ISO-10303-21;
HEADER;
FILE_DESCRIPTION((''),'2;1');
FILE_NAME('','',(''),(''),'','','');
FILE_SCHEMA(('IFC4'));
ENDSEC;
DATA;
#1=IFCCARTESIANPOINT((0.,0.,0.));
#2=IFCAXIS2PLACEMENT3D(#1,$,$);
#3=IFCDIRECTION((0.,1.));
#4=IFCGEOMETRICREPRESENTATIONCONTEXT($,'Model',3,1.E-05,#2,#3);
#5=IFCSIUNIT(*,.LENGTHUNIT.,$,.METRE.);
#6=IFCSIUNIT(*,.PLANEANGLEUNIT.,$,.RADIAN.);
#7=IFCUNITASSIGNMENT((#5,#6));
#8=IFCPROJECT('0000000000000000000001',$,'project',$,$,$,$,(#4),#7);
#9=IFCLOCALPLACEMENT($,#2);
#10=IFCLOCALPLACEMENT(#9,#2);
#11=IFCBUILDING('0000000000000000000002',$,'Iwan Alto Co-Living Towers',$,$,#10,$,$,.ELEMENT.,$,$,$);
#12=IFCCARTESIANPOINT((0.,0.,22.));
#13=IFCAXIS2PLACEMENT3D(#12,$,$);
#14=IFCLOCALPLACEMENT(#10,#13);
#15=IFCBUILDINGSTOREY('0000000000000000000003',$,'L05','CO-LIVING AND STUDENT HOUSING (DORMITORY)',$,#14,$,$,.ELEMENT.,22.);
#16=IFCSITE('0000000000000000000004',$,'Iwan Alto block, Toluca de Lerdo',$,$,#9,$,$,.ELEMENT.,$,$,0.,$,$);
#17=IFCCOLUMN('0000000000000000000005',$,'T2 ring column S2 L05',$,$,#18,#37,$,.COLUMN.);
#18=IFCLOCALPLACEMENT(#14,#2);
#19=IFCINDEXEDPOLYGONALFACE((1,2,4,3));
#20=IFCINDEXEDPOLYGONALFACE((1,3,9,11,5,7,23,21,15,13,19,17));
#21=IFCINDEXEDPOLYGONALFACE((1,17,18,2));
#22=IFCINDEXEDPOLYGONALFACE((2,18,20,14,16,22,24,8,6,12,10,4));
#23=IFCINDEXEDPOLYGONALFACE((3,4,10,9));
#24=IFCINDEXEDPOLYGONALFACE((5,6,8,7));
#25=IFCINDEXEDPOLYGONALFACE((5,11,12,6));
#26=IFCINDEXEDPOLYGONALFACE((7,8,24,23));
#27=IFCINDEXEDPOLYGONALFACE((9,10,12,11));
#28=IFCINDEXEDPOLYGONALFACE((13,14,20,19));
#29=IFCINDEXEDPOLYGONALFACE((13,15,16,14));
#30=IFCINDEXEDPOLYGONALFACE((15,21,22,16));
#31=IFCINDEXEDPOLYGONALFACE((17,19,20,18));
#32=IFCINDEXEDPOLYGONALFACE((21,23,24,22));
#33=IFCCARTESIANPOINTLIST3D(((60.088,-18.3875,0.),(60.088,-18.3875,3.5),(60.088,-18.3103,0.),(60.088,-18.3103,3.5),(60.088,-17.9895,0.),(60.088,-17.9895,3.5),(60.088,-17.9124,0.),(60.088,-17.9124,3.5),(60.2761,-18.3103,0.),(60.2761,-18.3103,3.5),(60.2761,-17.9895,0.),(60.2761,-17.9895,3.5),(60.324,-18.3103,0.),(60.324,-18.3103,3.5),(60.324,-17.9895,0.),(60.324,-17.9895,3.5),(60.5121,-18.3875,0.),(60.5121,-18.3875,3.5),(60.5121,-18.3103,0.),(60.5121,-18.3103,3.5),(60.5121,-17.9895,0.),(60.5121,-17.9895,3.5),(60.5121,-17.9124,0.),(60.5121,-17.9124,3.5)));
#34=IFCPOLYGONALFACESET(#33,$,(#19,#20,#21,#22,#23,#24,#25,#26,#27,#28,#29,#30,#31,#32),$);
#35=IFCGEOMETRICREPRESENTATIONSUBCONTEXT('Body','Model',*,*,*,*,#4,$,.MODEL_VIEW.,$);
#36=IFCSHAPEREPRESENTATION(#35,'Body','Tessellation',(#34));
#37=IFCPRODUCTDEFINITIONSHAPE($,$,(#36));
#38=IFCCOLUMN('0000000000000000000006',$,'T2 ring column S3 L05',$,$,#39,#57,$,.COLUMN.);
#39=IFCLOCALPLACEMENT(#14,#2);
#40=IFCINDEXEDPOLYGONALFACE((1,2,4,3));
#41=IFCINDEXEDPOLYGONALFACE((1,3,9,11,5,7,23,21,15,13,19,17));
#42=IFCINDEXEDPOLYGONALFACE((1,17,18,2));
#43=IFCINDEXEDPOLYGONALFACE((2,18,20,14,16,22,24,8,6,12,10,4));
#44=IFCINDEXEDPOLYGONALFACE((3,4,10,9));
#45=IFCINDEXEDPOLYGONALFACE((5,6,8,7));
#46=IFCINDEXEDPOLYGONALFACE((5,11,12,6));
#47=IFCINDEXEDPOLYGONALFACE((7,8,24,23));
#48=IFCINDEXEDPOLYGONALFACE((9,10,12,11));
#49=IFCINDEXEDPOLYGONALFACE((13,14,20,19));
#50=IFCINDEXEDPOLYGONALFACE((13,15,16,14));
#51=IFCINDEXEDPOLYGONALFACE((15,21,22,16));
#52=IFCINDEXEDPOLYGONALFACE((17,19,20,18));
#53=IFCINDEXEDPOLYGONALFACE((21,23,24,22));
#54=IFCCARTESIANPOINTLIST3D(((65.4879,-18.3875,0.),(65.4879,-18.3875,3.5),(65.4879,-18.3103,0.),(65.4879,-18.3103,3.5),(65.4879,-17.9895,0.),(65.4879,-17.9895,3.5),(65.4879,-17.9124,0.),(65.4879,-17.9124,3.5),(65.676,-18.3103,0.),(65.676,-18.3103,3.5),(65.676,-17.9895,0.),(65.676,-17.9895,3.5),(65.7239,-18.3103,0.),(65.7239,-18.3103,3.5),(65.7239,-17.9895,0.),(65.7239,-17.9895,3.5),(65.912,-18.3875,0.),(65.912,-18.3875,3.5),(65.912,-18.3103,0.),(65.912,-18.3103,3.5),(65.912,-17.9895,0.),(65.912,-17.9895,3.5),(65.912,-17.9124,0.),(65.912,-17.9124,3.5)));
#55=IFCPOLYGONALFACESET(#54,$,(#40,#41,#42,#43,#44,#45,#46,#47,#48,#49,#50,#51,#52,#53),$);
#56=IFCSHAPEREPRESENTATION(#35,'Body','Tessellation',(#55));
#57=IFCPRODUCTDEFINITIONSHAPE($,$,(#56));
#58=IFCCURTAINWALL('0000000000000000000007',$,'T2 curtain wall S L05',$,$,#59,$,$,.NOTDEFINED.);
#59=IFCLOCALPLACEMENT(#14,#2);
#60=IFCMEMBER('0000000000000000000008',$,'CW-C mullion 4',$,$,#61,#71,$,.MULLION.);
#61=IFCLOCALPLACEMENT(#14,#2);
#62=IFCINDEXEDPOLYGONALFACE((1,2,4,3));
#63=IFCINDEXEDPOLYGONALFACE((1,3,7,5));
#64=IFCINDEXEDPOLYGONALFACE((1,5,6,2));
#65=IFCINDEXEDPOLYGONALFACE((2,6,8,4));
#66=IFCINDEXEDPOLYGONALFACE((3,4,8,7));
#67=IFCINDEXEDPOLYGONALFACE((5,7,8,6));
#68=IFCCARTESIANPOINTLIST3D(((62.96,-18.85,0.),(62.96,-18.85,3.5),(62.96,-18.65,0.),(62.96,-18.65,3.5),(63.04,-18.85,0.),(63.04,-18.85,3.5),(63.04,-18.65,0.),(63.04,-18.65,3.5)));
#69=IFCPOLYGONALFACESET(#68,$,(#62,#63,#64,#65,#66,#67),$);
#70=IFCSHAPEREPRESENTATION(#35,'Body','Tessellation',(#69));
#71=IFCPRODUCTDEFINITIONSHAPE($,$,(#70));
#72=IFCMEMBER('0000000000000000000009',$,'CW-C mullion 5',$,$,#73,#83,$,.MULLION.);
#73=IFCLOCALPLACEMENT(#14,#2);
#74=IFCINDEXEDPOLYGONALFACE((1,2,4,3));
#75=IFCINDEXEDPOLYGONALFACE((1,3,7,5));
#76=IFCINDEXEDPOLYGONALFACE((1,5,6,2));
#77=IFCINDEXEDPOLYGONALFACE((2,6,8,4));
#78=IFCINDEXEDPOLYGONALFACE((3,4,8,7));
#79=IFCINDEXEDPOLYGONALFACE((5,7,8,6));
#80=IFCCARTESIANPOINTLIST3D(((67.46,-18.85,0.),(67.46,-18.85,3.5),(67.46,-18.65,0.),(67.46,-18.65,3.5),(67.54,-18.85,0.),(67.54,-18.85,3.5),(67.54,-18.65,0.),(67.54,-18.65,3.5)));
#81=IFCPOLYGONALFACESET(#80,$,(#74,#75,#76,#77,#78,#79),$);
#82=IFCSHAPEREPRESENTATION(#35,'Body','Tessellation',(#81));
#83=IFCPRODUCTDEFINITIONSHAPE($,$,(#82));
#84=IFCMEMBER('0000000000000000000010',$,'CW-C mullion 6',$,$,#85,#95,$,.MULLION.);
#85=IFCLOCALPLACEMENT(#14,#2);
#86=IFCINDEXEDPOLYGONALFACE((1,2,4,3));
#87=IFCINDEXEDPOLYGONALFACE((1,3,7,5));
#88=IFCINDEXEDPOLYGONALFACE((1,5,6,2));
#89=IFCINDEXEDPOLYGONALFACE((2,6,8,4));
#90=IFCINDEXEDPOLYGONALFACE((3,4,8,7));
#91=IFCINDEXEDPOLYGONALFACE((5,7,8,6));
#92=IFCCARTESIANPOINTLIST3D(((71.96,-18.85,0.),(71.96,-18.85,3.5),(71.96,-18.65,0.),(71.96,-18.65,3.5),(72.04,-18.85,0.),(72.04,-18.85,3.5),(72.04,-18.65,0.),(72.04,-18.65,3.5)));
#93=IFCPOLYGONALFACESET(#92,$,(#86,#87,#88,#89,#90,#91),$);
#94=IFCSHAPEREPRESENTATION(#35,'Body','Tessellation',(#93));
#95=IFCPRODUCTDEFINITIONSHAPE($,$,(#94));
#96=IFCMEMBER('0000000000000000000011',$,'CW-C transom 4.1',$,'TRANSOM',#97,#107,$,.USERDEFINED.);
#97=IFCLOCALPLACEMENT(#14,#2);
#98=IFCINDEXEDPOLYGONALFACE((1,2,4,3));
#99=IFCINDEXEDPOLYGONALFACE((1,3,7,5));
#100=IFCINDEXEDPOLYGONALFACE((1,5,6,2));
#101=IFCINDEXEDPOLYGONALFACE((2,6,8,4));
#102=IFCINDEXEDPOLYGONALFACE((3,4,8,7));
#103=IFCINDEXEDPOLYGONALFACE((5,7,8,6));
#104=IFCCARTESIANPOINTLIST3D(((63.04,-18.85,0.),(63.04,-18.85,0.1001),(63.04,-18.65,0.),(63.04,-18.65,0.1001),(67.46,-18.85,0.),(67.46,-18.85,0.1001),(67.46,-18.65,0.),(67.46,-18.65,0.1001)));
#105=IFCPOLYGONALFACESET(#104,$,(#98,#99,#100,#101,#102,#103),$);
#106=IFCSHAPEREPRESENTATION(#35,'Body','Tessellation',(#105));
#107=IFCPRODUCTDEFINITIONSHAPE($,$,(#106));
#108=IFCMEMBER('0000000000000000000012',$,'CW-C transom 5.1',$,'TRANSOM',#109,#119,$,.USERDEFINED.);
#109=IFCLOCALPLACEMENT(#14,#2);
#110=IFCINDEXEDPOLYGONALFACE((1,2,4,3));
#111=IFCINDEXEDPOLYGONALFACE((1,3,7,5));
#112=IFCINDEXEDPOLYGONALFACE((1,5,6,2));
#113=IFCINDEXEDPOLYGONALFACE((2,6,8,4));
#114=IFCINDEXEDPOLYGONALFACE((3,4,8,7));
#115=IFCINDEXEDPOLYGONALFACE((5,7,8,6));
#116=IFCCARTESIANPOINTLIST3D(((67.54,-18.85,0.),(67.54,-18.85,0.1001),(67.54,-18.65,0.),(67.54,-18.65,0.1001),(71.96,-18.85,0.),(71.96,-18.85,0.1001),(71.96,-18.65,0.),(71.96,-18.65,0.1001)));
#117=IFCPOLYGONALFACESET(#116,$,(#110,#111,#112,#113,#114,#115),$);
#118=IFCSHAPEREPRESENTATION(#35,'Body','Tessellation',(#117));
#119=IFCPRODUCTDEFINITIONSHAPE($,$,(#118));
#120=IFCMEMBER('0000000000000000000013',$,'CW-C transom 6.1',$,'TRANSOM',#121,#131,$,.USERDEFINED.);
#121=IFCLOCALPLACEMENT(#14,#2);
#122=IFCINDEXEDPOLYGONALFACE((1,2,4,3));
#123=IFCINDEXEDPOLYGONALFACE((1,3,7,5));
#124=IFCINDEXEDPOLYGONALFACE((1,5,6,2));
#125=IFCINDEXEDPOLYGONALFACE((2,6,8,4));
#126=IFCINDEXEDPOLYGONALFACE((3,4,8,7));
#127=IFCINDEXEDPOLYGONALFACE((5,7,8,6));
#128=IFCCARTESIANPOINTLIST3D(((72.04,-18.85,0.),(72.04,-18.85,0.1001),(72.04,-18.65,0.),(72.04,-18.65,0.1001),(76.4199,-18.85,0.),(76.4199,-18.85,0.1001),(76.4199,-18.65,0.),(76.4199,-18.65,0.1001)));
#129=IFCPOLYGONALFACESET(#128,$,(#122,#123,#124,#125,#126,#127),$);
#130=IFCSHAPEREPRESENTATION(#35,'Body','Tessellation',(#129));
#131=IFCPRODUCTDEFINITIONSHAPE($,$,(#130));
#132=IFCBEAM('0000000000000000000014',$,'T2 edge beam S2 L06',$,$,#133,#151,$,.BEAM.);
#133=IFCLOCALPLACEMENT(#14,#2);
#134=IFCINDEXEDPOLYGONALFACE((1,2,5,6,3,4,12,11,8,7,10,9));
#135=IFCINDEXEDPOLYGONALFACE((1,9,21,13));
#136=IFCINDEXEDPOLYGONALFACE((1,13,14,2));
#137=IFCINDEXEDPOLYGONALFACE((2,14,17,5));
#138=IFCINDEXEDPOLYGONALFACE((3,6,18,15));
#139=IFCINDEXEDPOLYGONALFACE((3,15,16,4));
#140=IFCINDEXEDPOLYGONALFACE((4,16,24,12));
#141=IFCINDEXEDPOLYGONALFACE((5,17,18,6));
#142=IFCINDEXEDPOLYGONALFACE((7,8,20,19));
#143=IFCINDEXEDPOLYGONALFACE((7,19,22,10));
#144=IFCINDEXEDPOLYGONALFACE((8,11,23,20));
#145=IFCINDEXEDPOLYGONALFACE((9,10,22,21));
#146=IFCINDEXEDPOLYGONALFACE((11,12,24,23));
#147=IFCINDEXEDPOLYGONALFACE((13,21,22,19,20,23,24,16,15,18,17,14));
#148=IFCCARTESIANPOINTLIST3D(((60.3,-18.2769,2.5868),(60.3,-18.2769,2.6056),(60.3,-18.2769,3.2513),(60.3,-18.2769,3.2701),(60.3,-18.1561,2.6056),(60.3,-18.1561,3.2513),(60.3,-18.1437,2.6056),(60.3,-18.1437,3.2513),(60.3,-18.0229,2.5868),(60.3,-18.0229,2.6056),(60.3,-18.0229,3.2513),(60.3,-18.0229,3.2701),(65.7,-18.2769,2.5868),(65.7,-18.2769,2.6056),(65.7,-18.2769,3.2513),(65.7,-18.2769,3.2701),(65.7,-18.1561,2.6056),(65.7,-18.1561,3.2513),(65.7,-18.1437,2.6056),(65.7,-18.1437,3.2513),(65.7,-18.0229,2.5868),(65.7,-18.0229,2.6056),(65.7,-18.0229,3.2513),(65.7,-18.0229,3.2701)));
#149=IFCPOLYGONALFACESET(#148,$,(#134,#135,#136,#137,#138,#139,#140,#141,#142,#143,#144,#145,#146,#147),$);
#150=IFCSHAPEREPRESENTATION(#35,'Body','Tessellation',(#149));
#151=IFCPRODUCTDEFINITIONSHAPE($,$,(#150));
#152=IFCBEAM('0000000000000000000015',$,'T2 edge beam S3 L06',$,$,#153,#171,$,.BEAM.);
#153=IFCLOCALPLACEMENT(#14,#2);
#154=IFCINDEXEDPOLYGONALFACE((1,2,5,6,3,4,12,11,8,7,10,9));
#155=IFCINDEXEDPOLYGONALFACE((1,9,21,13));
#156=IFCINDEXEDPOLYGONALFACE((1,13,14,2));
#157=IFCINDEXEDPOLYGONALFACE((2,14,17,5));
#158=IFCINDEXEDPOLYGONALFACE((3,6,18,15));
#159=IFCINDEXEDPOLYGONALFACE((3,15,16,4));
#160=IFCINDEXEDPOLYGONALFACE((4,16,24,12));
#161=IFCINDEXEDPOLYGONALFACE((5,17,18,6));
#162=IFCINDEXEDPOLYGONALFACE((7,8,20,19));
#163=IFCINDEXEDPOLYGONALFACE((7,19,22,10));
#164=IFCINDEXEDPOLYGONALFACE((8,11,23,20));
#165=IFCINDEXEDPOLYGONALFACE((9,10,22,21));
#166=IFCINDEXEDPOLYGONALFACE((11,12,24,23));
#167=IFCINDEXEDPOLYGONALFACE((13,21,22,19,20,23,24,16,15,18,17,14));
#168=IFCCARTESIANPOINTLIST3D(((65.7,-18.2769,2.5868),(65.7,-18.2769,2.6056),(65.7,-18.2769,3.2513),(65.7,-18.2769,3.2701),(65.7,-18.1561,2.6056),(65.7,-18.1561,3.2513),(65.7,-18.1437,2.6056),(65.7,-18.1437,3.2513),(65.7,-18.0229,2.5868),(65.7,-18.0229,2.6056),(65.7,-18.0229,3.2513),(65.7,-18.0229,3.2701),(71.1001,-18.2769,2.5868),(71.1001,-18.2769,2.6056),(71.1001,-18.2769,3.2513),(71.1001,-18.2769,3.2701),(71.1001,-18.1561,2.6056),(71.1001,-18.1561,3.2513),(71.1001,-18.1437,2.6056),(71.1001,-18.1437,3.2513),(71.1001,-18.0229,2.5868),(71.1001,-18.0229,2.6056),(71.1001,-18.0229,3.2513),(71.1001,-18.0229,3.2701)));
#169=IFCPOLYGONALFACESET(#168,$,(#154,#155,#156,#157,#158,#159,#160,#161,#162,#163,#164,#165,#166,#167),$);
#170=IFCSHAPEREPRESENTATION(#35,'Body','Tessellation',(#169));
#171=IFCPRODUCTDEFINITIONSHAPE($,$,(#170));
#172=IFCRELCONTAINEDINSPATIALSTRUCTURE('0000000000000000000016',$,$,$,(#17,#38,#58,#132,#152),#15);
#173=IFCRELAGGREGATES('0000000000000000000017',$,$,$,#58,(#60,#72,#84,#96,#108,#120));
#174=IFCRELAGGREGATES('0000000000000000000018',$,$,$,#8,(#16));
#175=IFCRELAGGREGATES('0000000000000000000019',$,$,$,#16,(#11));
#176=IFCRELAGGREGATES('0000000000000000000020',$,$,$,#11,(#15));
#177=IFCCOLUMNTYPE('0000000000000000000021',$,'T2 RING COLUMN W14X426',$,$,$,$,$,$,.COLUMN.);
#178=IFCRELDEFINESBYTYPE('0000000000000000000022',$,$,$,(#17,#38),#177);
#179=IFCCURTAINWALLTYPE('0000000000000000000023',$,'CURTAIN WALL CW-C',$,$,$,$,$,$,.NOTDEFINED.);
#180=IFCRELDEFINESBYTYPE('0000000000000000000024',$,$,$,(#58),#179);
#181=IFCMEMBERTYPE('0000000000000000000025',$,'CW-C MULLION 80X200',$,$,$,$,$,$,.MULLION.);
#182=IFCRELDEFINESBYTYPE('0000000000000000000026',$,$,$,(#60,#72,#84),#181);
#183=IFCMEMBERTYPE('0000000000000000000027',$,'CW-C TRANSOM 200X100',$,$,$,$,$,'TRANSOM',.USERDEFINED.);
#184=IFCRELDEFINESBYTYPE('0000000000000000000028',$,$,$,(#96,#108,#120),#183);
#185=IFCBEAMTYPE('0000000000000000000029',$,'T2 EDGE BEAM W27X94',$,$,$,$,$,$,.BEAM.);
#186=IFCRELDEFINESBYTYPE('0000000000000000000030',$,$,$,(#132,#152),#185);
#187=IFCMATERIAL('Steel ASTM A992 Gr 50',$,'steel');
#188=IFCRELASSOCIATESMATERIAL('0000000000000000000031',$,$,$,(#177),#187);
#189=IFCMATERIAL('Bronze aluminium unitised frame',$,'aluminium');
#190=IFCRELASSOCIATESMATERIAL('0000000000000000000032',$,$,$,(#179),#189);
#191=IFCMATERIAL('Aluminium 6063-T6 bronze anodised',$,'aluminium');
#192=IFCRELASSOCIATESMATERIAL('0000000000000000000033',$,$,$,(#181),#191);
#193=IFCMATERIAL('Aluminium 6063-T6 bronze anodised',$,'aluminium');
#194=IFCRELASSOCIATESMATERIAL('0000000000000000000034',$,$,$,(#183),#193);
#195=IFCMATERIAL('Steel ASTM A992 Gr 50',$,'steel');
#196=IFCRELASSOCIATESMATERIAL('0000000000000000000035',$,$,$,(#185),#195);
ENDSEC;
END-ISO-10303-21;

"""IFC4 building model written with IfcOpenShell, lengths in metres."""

from ifc_helpers import new_model, si_unit, direction, frame, origin, origin_2d, place, context, subcontext, project, spatial, rectangle, i_section, extrude, material, material_profile, profile_set, type_object, element, aggregate, save


model = new_model("IFC4")

# Units and contexts
model_context = context("Model", 3, precision=1e-05, world=origin(), true_north=direction((0.0, 1.0)))
body_context = subcontext(model_context, "Body", "Model", "MODEL_VIEW")
ifc_project = project(units=[si_unit("LENGTHUNIT", "METRE"), si_unit("PLANEANGLEUNIT", "RADIAN")], contexts=[model_context])

# Site, building, storey
site_placement = place(None, origin())
site = spatial("IfcSite", under=ifc_project, at=site_placement, Name="Iwan Alto block, Toluca de Lerdo", CompositionType="ELEMENT", RefElevation=0.0)
building_placement = place(site_placement, origin())
building = spatial("IfcBuilding", under=site, at=building_placement, Name="Iwan Alto Co-Living Towers", CompositionType="ELEMENT")
storey_placement = place(building_placement, frame((0.0, 0.0, 22.0)))
storey = spatial("IfcBuildingStorey", under=building, at=storey_placement, Name="L05", Description="CO-LIVING AND STUDENT HOUSING (DORMITORY)", CompositionType="ELEMENT", Elevation=22.0)

# Columns
ifc_material_1 = material(Name="Steel ASTM A992 Gr 50", Category="steel")
ifc_material_profile_1 = material_profile(ifc_material_1, i_section(OverallWidth=0.4241, OverallDepth=0.4751, WebThickness=0.0479, FlangeThickness=0.0771, at=origin_2d()), Name="W14X426")
ifc_profile_set_1 = profile_set([ifc_material_profile_1], Name="Steel ASTM A992 Gr 50")
column_type = type_object("IfcColumnType", Name="T2 RING COLUMN W14X426", PredefinedType="COLUMN", material=ifc_profile_set_1)
for number, where, z_axis, x_axis, name in (
    (1, (60.3, -18.1499, 0.0), (0.0, 0.0, 1.0), (1.0, 0.0, 0.0), "T2 ring column S2 L05"),
    (2, (65.7, -18.1499, 0.0), (0.0, 0.0, 1.0), (1.0, 0.0, 0.0), "T2 ring column S3 L05"),
):
    element("IfcColumn", number, at=place(storey_placement, frame(where, z_axis=z_axis, x_axis=x_axis)), inside=storey, type_object=column_type, Name=name, PredefinedType="COLUMN", context=body_context, shape_type="SweptSolid", body=[
        extrude(i_section(OverallWidth=0.4241, OverallDepth=0.4751, WebThickness=0.0479, FlangeThickness=0.0771, at=origin_2d()), origin(), (0.0, 0.0, 1.0), 3.5),
    ])

# Curtain wall, members
ifc_material_2 = material(Name="Bronze aluminium unitised frame", Category="aluminium")
curtain_wall_type = type_object("IfcCurtainWallType", Name="CURTAIN WALL CW-C", PredefinedType="NOTDEFINED", material=ifc_material_2)
curtain_wall_placement = place(storey_placement, origin())
curtain_wall = element("IfcCurtainWall", 3, at=curtain_wall_placement, inside=storey, type_object=curtain_wall_type, Name="T2 curtain wall S L05", PredefinedType="NOTDEFINED")
ifc_material_3 = material(Name="Aluminium 6063-T6 bronze anodised", Category="aluminium")
ifc_material_profile_2 = material_profile(ifc_material_3, rectangle(XDim=0.2, YDim=0.0801, at=origin_2d()), Name="AL 80X200")
ifc_profile_set_2 = profile_set([ifc_material_profile_2], Name="Aluminium 6063-T6 bronze anodised")
member_type_1 = type_object("IfcMemberType", Name="CW-C MULLION 80X200", PredefinedType="MULLION", material=ifc_profile_set_2)
member_1_placement = place(storey_placement, frame((63.0, -18.75, 0.0), z_axis=(0.0, 0.0, 1.0), x_axis=(0.0, 1.0, 0.0)))
member_1 = element("IfcMember", 4, at=member_1_placement, type_object=member_type_1, Name="CW-C mullion 4", PredefinedType="MULLION", context=body_context, shape_type="SweptSolid", body=[
    extrude(rectangle(XDim=0.2, YDim=0.0801, at=origin_2d()), origin(), (0.0, 0.0, 1.0), 3.5),
])
member_2_placement = place(storey_placement, frame((67.5, -18.75, 0.0), z_axis=(0.0, 0.0, 1.0), x_axis=(0.0, 1.0, 0.0)))
member_2 = element("IfcMember", 5, at=member_2_placement, type_object=member_type_1, Name="CW-C mullion 5", PredefinedType="MULLION", context=body_context, shape_type="SweptSolid", body=[
    extrude(rectangle(XDim=0.2, YDim=0.0801, at=origin_2d()), origin(), (0.0, 0.0, 1.0), 3.5),
])
member_3_placement = place(storey_placement, frame((72.0, -18.75, 0.0), z_axis=(0.0, 0.0, 1.0), x_axis=(0.0, 1.0, 0.0)))
member_3 = element("IfcMember", 6, at=member_3_placement, type_object=member_type_1, Name="CW-C mullion 6", PredefinedType="MULLION", context=body_context, shape_type="SweptSolid", body=[
    extrude(rectangle(XDim=0.2, YDim=0.0801, at=origin_2d()), origin(), (0.0, 0.0, 1.0), 3.5),
])
ifc_material_4 = material(Name="Aluminium 6063-T6 bronze anodised", Category="aluminium")
ifc_material_profile_3 = material_profile(ifc_material_4, rectangle(XDim=0.2, YDim=0.1001, at=origin_2d()), Name="AL 200X100")
ifc_profile_set_3 = profile_set([ifc_material_profile_3], Name="Aluminium 6063-T6 bronze anodised")
member_type_2 = type_object("IfcMemberType", Name="CW-C TRANSOM 200X100", ElementType="TRANSOM", PredefinedType="USERDEFINED", material=ifc_profile_set_3)
member_4_placement = place(storey_placement, frame((63.04, -18.75, 0.05), z_axis=(1.0, 0.0, 0.0), x_axis=(0.0, 1.0, 0.0)))
member_4 = element("IfcMember", 7, at=member_4_placement, type_object=member_type_2, Name="CW-C transom 4.1", ObjectType="TRANSOM", PredefinedType="USERDEFINED", context=body_context, shape_type="SweptSolid", body=[
    extrude(rectangle(XDim=0.2, YDim=0.1001, at=origin_2d()), origin(), (0.0, 0.0, 1.0), 4.4199),
])
member_5_placement = place(storey_placement, frame((67.54, -18.75, 0.05), z_axis=(1.0, 0.0, 0.0), x_axis=(0.0, 1.0, 0.0)))
member_5 = element("IfcMember", 8, at=member_5_placement, type_object=member_type_2, Name="CW-C transom 5.1", ObjectType="TRANSOM", PredefinedType="USERDEFINED", context=body_context, shape_type="SweptSolid", body=[
    extrude(rectangle(XDim=0.2, YDim=0.1001, at=origin_2d()), origin(), (0.0, 0.0, 1.0), 4.4199),
])
member_6_placement = place(storey_placement, frame((72.04, -18.75, 0.05), z_axis=(1.0, 0.0, 0.0), x_axis=(0.0, 1.0, 0.0)))
member_6 = element("IfcMember", 9, at=member_6_placement, type_object=member_type_2, Name="CW-C transom 6.1", ObjectType="TRANSOM", PredefinedType="USERDEFINED", context=body_context, shape_type="SweptSolid", body=[
    extrude(rectangle(XDim=0.2, YDim=0.1001, at=origin_2d()), origin(), (0.0, 0.0, 1.0), 4.3799),
])

# Beams
ifc_material_5 = material(Name="Steel ASTM A992 Gr 50", Category="steel")
ifc_material_profile_4 = material_profile(ifc_material_5, i_section(OverallWidth=0.2539, OverallDepth=0.6833, WebThickness=0.0125, FlangeThickness=0.0188, at=origin_2d()), Name="W27X94")
ifc_profile_set_4 = profile_set([ifc_material_profile_4], Name="Steel ASTM A992 Gr 50")
beam_type_1 = type_object("IfcBeamType", Name="T2 EDGE BEAM W27X94", PredefinedType="BEAM", material=ifc_profile_set_4)
beam_1_placement = place(storey_placement, frame((60.3, -18.1499, 2.9285), z_axis=(1.0, 0.0, 0.0), x_axis=(0.0, 1.0, 0.0)))
element("IfcBeam", 10, at=beam_1_placement, inside=storey, type_object=beam_type_1, Name="T2 edge beam S2 L06", PredefinedType="BEAM", context=body_context, shape_type="SweptSolid", body=[
    extrude(i_section(OverallWidth=0.2539, OverallDepth=0.6833, WebThickness=0.0125, FlangeThickness=0.0188, at=origin_2d()), origin(), (0.0, 0.0, 1.0), 5.3999),
])
beam_2_placement = place(storey_placement, frame((65.7, -18.1499, 2.9285), z_axis=(1.0, 0.0, 0.0), x_axis=(0.0, 1.0, 0.0)))
element("IfcBeam", 11, at=beam_2_placement, inside=storey, type_object=beam_type_1, Name="T2 edge beam S3 L06", PredefinedType="BEAM", context=body_context, shape_type="SweptSolid", body=[
    extrude(i_section(OverallWidth=0.2539, OverallDepth=0.6833, WebThickness=0.0125, FlangeThickness=0.0188, at=origin_2d()), origin(), (0.0, 0.0, 1.0), 5.4001),
])

aggregate(curtain_wall, [member_1, member_2, member_3, member_4, member_5, member_6])

save(model, "model.ifc")
